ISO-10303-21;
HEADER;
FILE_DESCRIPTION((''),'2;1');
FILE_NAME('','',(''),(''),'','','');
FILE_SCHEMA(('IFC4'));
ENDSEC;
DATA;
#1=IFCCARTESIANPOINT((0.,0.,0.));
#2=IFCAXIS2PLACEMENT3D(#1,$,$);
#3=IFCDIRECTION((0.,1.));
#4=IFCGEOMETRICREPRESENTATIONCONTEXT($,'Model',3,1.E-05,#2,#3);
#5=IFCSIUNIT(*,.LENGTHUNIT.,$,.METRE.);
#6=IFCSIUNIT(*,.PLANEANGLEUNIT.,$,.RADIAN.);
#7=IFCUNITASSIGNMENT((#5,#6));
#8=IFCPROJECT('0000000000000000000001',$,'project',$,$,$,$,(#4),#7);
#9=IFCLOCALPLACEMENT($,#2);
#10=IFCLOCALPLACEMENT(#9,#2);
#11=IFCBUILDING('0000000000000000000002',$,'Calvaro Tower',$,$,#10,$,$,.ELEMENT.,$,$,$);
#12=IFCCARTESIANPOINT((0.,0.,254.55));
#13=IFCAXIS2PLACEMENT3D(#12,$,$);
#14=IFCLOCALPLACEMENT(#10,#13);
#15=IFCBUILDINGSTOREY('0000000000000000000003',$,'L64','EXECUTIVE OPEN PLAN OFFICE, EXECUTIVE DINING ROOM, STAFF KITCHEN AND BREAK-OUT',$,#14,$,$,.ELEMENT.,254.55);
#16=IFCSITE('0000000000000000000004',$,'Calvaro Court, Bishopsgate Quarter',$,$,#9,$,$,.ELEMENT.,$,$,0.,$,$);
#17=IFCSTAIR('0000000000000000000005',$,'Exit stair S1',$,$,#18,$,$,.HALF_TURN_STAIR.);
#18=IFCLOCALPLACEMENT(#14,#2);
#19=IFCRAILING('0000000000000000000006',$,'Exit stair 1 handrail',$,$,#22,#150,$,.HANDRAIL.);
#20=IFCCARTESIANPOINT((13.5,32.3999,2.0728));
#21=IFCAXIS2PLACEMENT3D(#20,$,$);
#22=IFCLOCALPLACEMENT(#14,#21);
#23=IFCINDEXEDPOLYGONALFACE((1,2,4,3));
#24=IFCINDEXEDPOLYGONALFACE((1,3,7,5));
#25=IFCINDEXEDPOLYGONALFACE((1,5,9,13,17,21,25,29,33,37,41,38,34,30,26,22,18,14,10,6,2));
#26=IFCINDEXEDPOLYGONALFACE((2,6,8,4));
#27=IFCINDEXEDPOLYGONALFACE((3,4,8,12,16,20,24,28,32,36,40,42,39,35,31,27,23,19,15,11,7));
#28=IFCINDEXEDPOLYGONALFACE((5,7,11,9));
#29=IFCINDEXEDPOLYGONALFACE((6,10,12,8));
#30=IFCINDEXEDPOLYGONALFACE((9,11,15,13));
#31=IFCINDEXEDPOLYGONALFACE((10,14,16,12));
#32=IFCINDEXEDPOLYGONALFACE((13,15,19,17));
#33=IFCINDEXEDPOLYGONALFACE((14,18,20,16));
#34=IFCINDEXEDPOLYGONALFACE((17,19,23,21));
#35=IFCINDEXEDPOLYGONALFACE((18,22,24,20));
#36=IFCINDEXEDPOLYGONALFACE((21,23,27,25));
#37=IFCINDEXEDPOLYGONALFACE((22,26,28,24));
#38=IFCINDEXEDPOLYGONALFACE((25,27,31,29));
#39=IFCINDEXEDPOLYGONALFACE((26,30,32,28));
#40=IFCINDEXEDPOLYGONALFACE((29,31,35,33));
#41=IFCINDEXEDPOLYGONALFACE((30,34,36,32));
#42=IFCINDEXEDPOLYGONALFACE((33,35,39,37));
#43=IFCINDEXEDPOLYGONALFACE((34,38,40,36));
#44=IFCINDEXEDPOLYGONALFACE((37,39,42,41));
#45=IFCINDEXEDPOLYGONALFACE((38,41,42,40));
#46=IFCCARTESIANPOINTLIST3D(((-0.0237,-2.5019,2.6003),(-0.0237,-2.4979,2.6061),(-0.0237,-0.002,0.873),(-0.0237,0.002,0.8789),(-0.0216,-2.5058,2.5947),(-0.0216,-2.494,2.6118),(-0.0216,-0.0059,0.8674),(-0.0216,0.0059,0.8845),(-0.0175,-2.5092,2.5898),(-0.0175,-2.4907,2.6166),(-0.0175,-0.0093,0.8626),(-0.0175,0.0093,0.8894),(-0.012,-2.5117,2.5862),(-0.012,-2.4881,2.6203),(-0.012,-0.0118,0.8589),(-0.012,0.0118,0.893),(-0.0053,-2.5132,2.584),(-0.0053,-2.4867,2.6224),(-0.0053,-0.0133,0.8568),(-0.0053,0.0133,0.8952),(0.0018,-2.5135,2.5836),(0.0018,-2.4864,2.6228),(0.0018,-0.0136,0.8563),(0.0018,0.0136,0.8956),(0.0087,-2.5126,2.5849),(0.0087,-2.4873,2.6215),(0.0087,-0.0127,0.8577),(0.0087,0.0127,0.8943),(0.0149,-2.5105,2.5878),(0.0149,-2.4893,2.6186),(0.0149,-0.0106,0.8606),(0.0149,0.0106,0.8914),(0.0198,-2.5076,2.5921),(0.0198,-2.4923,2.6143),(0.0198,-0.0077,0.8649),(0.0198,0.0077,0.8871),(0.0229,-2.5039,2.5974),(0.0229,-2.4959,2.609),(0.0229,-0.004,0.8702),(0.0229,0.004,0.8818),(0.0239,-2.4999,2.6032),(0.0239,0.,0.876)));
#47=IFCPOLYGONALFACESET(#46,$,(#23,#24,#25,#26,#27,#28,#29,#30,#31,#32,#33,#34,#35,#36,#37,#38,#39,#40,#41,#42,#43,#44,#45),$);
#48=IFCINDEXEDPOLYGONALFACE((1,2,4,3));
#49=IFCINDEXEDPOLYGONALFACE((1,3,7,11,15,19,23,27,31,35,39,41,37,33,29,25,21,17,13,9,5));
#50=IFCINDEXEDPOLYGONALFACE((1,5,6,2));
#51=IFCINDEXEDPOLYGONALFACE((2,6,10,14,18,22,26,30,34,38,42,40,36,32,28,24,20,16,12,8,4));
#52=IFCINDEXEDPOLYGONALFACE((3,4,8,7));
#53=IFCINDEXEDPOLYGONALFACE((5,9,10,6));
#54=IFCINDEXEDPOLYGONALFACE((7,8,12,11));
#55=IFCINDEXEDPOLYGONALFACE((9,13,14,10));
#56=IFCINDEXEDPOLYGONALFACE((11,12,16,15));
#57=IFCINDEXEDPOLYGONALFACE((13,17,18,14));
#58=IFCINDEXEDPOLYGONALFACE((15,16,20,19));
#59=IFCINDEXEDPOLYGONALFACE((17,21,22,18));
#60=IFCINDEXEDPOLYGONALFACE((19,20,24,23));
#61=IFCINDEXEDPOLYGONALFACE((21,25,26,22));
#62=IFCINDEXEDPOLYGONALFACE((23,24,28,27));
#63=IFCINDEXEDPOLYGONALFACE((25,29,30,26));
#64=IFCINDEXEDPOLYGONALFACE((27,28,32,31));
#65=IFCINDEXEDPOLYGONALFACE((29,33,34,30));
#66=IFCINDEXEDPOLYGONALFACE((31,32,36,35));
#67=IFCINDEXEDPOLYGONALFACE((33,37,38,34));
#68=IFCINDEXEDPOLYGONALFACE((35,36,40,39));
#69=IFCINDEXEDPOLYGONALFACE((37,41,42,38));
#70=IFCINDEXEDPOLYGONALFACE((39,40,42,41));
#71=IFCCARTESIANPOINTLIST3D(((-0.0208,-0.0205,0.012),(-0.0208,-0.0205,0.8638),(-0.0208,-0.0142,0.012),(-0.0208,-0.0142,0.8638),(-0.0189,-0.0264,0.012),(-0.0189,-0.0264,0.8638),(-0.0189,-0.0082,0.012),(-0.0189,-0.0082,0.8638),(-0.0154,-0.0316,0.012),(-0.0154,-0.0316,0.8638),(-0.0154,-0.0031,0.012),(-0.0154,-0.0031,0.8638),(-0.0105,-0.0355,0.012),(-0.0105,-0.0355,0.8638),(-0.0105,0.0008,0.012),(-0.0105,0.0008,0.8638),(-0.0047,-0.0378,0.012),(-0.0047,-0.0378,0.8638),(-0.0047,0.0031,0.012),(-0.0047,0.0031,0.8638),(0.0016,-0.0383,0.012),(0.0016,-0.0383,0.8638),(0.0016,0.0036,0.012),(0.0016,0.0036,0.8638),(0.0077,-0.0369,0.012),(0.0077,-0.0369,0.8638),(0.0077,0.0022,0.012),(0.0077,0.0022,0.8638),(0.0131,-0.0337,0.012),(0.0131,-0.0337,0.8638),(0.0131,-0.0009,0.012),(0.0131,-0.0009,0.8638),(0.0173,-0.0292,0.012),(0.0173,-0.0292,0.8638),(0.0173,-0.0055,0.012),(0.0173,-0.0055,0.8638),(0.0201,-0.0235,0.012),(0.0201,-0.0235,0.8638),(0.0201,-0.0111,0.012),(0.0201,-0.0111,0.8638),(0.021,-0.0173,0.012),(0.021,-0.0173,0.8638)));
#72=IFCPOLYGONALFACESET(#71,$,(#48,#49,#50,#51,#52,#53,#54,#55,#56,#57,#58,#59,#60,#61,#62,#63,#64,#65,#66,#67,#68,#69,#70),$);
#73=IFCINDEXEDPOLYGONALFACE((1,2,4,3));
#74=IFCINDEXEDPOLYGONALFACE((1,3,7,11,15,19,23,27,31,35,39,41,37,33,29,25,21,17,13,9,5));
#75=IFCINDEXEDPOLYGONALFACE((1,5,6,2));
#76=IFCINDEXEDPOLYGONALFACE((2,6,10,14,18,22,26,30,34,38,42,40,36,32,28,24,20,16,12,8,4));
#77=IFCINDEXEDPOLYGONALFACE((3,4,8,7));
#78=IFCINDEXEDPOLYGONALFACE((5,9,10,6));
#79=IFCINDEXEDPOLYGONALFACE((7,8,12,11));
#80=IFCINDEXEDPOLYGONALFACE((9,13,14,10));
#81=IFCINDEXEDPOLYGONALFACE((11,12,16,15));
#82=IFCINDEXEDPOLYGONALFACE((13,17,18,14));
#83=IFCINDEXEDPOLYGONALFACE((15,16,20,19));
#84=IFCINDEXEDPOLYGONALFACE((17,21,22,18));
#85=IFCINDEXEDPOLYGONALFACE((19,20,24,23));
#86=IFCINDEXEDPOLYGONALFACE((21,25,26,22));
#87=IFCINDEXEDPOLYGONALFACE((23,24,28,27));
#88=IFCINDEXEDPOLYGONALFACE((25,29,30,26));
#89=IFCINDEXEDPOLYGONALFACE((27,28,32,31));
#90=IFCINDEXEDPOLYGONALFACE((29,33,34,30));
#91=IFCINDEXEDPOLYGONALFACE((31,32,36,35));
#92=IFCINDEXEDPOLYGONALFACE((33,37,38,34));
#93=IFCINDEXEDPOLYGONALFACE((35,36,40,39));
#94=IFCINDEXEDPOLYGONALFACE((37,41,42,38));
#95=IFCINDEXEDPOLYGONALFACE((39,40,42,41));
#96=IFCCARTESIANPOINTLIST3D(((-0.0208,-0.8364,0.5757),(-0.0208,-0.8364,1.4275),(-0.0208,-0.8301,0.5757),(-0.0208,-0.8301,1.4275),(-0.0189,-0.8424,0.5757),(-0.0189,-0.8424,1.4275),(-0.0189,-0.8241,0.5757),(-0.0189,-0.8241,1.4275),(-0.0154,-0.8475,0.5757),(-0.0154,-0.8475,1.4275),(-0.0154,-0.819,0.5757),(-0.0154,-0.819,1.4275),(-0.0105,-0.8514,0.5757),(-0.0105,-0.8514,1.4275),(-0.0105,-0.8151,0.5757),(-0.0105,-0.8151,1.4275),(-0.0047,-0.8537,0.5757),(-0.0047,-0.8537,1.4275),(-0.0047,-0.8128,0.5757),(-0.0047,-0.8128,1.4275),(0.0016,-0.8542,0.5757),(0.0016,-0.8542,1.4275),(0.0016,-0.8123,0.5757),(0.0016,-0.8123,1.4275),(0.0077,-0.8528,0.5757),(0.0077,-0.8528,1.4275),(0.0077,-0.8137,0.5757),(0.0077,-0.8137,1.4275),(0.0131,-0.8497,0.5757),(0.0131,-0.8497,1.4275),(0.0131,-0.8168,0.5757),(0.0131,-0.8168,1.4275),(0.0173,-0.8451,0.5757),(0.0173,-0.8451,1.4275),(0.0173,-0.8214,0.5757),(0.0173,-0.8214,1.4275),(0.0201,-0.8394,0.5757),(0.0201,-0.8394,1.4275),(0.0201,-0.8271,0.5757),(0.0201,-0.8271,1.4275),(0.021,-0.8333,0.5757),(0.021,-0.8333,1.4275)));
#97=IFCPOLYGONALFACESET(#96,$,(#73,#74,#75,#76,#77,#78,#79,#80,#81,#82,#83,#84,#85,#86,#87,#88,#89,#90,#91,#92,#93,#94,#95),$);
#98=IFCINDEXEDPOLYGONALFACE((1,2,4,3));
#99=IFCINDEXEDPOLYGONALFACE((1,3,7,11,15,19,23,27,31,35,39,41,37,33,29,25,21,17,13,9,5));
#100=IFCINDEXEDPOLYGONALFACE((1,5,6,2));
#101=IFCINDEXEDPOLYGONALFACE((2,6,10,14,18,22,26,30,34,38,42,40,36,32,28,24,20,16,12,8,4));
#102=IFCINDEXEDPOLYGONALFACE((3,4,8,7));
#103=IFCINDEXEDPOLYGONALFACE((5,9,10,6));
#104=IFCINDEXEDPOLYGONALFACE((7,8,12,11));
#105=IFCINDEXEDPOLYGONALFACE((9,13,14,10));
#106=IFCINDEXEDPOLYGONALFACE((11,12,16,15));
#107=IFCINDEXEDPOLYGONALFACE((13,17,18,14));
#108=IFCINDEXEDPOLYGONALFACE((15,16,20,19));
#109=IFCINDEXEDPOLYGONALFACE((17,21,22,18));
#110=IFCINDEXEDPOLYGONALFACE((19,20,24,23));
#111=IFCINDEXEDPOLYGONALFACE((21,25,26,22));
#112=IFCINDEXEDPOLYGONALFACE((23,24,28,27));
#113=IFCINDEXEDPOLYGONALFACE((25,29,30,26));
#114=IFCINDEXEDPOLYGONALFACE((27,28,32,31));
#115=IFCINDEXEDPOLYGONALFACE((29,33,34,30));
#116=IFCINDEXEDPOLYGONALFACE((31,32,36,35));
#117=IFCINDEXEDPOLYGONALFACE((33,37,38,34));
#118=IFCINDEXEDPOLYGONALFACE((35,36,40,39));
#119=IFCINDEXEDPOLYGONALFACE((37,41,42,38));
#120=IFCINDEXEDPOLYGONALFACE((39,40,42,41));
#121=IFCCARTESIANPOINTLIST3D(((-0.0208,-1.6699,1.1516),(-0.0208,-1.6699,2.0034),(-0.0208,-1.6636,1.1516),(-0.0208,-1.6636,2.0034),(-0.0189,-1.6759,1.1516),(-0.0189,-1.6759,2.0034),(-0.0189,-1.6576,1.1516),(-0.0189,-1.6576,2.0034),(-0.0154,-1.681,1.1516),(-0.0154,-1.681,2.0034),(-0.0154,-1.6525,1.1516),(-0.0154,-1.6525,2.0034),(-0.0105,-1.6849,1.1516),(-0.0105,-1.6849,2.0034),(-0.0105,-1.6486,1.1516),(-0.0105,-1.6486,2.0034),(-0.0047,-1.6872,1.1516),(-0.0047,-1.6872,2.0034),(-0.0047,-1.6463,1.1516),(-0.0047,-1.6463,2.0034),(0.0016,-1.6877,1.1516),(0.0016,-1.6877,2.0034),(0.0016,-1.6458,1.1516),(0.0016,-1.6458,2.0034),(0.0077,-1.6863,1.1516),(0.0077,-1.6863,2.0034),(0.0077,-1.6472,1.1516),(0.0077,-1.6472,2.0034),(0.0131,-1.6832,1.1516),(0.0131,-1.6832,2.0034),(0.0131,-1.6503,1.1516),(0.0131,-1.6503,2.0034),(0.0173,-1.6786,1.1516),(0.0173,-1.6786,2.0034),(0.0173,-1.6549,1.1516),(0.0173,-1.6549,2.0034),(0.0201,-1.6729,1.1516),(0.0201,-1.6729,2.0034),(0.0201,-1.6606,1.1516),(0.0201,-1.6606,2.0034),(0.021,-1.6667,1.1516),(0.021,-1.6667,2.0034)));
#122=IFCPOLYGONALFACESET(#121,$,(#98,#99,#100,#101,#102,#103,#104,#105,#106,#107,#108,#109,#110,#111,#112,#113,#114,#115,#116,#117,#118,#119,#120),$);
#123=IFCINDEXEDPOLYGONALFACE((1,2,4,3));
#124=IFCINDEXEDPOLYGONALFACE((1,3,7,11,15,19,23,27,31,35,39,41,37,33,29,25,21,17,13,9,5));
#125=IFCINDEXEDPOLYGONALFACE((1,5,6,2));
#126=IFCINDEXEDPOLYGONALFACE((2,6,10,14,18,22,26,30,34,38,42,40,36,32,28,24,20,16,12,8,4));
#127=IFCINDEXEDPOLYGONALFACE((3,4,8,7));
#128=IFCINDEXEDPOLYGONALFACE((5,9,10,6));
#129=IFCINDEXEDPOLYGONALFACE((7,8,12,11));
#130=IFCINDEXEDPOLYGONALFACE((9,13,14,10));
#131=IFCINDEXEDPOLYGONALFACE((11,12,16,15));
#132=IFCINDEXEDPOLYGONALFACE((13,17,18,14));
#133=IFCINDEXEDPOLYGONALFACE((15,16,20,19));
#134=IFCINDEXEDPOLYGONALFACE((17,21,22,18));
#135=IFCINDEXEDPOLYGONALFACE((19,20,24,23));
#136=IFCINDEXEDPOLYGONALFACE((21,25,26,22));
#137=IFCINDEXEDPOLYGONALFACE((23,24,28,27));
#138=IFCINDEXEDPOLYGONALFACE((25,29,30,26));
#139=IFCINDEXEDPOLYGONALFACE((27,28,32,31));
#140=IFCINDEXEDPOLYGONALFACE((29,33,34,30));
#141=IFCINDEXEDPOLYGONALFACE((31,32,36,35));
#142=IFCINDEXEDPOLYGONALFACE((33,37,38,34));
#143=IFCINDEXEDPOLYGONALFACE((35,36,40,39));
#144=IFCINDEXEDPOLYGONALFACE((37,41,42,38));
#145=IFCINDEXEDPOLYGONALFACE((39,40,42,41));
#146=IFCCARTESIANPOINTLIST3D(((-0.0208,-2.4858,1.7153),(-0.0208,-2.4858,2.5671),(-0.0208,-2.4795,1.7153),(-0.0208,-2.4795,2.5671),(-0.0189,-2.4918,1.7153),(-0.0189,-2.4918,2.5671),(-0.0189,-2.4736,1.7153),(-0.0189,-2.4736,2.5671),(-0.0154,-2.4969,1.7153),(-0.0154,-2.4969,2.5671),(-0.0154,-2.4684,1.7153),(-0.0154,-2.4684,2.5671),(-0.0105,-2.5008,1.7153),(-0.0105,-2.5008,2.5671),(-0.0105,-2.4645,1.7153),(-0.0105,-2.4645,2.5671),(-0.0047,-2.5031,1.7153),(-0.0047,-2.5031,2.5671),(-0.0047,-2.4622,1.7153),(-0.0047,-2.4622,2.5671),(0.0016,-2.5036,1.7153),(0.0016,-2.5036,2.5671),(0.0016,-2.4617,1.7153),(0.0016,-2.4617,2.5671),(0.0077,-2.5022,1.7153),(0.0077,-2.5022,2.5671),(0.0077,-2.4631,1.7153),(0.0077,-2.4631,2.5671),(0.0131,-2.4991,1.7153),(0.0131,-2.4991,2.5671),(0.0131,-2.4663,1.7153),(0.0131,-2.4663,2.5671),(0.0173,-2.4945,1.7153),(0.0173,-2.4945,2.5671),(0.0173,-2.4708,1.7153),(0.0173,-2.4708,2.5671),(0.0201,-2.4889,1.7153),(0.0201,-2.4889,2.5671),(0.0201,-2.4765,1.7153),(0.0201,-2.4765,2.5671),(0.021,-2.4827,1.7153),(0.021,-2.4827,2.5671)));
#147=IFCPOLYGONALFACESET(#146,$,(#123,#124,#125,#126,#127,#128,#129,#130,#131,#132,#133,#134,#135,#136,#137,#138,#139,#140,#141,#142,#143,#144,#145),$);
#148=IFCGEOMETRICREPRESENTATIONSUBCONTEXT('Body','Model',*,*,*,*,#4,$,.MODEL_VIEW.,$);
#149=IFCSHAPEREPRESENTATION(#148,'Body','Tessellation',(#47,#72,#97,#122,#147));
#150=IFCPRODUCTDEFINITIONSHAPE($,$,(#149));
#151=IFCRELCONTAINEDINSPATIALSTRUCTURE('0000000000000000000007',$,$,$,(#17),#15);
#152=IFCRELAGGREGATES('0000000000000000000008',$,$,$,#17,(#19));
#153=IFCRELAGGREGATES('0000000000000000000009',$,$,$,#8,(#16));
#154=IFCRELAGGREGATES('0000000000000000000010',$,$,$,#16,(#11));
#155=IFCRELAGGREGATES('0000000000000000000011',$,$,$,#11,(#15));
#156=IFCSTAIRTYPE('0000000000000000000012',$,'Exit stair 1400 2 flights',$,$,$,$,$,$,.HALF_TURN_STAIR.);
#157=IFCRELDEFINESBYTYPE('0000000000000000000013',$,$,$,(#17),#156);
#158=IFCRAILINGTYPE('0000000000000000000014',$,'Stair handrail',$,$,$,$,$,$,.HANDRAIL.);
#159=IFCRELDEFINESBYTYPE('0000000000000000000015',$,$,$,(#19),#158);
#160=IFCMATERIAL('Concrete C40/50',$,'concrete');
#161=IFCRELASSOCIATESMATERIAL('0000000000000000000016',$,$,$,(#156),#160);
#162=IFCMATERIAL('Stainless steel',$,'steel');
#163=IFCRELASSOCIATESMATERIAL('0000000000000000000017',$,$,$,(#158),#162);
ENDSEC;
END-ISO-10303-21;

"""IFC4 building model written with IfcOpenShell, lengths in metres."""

from ifc_helpers import new_model, si_unit, direction, frame, origin, origin_2d, place, context, subcontext, project, spatial, circle, extrude, material, type_object, element, aggregate, save


model = new_model("IFC4")

# Units and contexts
model_context = context("Model", 3, precision=1e-05, world=origin(), true_north=direction((0.0, 1.0)))
body_context = subcontext(model_context, "Body", "Model", "MODEL_VIEW")
ifc_project = project(units=[si_unit("LENGTHUNIT", "METRE"), si_unit("PLANEANGLEUNIT", "RADIAN")], contexts=[model_context])

# Site, building, storey
site_placement = place(None, origin())
site = spatial("IfcSite", under=ifc_project, at=site_placement, Name="Calvaro Court, Bishopsgate Quarter", CompositionType="ELEMENT", RefElevation=0.0)
building_placement = place(site_placement, origin())
building = spatial("IfcBuilding", under=site, at=building_placement, Name="Calvaro Tower", CompositionType="ELEMENT")
storey_placement = place(building_placement, frame((0.0, 0.0, 254.55)))
storey = spatial("IfcBuildingStorey", under=building, at=storey_placement, Name="L64", Description="EXECUTIVE OPEN PLAN OFFICE, EXECUTIVE DINING ROOM, STAFF KITCHEN AND BREAK-OUT", CompositionType="ELEMENT", Elevation=254.55)

# Stair, railing
ifc_material_1 = material(Name="Concrete C40/50", Category="concrete")
stair_type = type_object("IfcStairType", Name="Exit stair 1400 2 flights", PredefinedType="HALF_TURN_STAIR", material=ifc_material_1)
stair_placement = place(storey_placement, origin())
stair = element("IfcStair", 1, at=stair_placement, inside=storey, type_object=stair_type, Name="Exit stair S1", PredefinedType="HALF_TURN_STAIR")
ifc_material_2 = material(Name="Stainless steel", Category="steel")
railing_type = type_object("IfcRailingType", Name="Stair handrail", PredefinedType="HANDRAIL", material=ifc_material_2)
railing_placement = place(storey_placement, frame((13.5, 32.3999, 2.0728)))
railing = element("IfcRailing", 2, at=railing_placement, type_object=railing_type, Name="Exit stair 1 handrail", PredefinedType="HANDRAIL", context=body_context, shape_type="SweptSolid", body=[
    extrude(circle(Radius=0.0239, at=origin_2d()), frame((0.0, 0.0, 0.876), z_axis=(0.0, -0.822727, 0.568437), x_axis=(1.0, 0.0, 0.0)), (0.0, 0.0, 1.0), 3.0386),
    extrude(circle(Radius=0.021, at=origin_2d()), frame((0.0, -0.0173, 0.012)), (0.0, 0.0, 1.0), 0.8518),
    extrude(circle(Radius=0.021, at=origin_2d()), frame((0.0, -0.8333, 0.5757)), (0.0, 0.0, 1.0), 0.8518),
    extrude(circle(Radius=0.021, at=origin_2d()), frame((0.0, -1.6667, 1.1516)), (0.0, 0.0, 1.0), 0.8518),
    extrude(circle(Radius=0.021, at=origin_2d()), frame((0.0, -2.4827, 1.7153)), (0.0, 0.0, 1.0), 0.8518),
])
aggregate(stair, [railing])

save(model, "model.ifc")
